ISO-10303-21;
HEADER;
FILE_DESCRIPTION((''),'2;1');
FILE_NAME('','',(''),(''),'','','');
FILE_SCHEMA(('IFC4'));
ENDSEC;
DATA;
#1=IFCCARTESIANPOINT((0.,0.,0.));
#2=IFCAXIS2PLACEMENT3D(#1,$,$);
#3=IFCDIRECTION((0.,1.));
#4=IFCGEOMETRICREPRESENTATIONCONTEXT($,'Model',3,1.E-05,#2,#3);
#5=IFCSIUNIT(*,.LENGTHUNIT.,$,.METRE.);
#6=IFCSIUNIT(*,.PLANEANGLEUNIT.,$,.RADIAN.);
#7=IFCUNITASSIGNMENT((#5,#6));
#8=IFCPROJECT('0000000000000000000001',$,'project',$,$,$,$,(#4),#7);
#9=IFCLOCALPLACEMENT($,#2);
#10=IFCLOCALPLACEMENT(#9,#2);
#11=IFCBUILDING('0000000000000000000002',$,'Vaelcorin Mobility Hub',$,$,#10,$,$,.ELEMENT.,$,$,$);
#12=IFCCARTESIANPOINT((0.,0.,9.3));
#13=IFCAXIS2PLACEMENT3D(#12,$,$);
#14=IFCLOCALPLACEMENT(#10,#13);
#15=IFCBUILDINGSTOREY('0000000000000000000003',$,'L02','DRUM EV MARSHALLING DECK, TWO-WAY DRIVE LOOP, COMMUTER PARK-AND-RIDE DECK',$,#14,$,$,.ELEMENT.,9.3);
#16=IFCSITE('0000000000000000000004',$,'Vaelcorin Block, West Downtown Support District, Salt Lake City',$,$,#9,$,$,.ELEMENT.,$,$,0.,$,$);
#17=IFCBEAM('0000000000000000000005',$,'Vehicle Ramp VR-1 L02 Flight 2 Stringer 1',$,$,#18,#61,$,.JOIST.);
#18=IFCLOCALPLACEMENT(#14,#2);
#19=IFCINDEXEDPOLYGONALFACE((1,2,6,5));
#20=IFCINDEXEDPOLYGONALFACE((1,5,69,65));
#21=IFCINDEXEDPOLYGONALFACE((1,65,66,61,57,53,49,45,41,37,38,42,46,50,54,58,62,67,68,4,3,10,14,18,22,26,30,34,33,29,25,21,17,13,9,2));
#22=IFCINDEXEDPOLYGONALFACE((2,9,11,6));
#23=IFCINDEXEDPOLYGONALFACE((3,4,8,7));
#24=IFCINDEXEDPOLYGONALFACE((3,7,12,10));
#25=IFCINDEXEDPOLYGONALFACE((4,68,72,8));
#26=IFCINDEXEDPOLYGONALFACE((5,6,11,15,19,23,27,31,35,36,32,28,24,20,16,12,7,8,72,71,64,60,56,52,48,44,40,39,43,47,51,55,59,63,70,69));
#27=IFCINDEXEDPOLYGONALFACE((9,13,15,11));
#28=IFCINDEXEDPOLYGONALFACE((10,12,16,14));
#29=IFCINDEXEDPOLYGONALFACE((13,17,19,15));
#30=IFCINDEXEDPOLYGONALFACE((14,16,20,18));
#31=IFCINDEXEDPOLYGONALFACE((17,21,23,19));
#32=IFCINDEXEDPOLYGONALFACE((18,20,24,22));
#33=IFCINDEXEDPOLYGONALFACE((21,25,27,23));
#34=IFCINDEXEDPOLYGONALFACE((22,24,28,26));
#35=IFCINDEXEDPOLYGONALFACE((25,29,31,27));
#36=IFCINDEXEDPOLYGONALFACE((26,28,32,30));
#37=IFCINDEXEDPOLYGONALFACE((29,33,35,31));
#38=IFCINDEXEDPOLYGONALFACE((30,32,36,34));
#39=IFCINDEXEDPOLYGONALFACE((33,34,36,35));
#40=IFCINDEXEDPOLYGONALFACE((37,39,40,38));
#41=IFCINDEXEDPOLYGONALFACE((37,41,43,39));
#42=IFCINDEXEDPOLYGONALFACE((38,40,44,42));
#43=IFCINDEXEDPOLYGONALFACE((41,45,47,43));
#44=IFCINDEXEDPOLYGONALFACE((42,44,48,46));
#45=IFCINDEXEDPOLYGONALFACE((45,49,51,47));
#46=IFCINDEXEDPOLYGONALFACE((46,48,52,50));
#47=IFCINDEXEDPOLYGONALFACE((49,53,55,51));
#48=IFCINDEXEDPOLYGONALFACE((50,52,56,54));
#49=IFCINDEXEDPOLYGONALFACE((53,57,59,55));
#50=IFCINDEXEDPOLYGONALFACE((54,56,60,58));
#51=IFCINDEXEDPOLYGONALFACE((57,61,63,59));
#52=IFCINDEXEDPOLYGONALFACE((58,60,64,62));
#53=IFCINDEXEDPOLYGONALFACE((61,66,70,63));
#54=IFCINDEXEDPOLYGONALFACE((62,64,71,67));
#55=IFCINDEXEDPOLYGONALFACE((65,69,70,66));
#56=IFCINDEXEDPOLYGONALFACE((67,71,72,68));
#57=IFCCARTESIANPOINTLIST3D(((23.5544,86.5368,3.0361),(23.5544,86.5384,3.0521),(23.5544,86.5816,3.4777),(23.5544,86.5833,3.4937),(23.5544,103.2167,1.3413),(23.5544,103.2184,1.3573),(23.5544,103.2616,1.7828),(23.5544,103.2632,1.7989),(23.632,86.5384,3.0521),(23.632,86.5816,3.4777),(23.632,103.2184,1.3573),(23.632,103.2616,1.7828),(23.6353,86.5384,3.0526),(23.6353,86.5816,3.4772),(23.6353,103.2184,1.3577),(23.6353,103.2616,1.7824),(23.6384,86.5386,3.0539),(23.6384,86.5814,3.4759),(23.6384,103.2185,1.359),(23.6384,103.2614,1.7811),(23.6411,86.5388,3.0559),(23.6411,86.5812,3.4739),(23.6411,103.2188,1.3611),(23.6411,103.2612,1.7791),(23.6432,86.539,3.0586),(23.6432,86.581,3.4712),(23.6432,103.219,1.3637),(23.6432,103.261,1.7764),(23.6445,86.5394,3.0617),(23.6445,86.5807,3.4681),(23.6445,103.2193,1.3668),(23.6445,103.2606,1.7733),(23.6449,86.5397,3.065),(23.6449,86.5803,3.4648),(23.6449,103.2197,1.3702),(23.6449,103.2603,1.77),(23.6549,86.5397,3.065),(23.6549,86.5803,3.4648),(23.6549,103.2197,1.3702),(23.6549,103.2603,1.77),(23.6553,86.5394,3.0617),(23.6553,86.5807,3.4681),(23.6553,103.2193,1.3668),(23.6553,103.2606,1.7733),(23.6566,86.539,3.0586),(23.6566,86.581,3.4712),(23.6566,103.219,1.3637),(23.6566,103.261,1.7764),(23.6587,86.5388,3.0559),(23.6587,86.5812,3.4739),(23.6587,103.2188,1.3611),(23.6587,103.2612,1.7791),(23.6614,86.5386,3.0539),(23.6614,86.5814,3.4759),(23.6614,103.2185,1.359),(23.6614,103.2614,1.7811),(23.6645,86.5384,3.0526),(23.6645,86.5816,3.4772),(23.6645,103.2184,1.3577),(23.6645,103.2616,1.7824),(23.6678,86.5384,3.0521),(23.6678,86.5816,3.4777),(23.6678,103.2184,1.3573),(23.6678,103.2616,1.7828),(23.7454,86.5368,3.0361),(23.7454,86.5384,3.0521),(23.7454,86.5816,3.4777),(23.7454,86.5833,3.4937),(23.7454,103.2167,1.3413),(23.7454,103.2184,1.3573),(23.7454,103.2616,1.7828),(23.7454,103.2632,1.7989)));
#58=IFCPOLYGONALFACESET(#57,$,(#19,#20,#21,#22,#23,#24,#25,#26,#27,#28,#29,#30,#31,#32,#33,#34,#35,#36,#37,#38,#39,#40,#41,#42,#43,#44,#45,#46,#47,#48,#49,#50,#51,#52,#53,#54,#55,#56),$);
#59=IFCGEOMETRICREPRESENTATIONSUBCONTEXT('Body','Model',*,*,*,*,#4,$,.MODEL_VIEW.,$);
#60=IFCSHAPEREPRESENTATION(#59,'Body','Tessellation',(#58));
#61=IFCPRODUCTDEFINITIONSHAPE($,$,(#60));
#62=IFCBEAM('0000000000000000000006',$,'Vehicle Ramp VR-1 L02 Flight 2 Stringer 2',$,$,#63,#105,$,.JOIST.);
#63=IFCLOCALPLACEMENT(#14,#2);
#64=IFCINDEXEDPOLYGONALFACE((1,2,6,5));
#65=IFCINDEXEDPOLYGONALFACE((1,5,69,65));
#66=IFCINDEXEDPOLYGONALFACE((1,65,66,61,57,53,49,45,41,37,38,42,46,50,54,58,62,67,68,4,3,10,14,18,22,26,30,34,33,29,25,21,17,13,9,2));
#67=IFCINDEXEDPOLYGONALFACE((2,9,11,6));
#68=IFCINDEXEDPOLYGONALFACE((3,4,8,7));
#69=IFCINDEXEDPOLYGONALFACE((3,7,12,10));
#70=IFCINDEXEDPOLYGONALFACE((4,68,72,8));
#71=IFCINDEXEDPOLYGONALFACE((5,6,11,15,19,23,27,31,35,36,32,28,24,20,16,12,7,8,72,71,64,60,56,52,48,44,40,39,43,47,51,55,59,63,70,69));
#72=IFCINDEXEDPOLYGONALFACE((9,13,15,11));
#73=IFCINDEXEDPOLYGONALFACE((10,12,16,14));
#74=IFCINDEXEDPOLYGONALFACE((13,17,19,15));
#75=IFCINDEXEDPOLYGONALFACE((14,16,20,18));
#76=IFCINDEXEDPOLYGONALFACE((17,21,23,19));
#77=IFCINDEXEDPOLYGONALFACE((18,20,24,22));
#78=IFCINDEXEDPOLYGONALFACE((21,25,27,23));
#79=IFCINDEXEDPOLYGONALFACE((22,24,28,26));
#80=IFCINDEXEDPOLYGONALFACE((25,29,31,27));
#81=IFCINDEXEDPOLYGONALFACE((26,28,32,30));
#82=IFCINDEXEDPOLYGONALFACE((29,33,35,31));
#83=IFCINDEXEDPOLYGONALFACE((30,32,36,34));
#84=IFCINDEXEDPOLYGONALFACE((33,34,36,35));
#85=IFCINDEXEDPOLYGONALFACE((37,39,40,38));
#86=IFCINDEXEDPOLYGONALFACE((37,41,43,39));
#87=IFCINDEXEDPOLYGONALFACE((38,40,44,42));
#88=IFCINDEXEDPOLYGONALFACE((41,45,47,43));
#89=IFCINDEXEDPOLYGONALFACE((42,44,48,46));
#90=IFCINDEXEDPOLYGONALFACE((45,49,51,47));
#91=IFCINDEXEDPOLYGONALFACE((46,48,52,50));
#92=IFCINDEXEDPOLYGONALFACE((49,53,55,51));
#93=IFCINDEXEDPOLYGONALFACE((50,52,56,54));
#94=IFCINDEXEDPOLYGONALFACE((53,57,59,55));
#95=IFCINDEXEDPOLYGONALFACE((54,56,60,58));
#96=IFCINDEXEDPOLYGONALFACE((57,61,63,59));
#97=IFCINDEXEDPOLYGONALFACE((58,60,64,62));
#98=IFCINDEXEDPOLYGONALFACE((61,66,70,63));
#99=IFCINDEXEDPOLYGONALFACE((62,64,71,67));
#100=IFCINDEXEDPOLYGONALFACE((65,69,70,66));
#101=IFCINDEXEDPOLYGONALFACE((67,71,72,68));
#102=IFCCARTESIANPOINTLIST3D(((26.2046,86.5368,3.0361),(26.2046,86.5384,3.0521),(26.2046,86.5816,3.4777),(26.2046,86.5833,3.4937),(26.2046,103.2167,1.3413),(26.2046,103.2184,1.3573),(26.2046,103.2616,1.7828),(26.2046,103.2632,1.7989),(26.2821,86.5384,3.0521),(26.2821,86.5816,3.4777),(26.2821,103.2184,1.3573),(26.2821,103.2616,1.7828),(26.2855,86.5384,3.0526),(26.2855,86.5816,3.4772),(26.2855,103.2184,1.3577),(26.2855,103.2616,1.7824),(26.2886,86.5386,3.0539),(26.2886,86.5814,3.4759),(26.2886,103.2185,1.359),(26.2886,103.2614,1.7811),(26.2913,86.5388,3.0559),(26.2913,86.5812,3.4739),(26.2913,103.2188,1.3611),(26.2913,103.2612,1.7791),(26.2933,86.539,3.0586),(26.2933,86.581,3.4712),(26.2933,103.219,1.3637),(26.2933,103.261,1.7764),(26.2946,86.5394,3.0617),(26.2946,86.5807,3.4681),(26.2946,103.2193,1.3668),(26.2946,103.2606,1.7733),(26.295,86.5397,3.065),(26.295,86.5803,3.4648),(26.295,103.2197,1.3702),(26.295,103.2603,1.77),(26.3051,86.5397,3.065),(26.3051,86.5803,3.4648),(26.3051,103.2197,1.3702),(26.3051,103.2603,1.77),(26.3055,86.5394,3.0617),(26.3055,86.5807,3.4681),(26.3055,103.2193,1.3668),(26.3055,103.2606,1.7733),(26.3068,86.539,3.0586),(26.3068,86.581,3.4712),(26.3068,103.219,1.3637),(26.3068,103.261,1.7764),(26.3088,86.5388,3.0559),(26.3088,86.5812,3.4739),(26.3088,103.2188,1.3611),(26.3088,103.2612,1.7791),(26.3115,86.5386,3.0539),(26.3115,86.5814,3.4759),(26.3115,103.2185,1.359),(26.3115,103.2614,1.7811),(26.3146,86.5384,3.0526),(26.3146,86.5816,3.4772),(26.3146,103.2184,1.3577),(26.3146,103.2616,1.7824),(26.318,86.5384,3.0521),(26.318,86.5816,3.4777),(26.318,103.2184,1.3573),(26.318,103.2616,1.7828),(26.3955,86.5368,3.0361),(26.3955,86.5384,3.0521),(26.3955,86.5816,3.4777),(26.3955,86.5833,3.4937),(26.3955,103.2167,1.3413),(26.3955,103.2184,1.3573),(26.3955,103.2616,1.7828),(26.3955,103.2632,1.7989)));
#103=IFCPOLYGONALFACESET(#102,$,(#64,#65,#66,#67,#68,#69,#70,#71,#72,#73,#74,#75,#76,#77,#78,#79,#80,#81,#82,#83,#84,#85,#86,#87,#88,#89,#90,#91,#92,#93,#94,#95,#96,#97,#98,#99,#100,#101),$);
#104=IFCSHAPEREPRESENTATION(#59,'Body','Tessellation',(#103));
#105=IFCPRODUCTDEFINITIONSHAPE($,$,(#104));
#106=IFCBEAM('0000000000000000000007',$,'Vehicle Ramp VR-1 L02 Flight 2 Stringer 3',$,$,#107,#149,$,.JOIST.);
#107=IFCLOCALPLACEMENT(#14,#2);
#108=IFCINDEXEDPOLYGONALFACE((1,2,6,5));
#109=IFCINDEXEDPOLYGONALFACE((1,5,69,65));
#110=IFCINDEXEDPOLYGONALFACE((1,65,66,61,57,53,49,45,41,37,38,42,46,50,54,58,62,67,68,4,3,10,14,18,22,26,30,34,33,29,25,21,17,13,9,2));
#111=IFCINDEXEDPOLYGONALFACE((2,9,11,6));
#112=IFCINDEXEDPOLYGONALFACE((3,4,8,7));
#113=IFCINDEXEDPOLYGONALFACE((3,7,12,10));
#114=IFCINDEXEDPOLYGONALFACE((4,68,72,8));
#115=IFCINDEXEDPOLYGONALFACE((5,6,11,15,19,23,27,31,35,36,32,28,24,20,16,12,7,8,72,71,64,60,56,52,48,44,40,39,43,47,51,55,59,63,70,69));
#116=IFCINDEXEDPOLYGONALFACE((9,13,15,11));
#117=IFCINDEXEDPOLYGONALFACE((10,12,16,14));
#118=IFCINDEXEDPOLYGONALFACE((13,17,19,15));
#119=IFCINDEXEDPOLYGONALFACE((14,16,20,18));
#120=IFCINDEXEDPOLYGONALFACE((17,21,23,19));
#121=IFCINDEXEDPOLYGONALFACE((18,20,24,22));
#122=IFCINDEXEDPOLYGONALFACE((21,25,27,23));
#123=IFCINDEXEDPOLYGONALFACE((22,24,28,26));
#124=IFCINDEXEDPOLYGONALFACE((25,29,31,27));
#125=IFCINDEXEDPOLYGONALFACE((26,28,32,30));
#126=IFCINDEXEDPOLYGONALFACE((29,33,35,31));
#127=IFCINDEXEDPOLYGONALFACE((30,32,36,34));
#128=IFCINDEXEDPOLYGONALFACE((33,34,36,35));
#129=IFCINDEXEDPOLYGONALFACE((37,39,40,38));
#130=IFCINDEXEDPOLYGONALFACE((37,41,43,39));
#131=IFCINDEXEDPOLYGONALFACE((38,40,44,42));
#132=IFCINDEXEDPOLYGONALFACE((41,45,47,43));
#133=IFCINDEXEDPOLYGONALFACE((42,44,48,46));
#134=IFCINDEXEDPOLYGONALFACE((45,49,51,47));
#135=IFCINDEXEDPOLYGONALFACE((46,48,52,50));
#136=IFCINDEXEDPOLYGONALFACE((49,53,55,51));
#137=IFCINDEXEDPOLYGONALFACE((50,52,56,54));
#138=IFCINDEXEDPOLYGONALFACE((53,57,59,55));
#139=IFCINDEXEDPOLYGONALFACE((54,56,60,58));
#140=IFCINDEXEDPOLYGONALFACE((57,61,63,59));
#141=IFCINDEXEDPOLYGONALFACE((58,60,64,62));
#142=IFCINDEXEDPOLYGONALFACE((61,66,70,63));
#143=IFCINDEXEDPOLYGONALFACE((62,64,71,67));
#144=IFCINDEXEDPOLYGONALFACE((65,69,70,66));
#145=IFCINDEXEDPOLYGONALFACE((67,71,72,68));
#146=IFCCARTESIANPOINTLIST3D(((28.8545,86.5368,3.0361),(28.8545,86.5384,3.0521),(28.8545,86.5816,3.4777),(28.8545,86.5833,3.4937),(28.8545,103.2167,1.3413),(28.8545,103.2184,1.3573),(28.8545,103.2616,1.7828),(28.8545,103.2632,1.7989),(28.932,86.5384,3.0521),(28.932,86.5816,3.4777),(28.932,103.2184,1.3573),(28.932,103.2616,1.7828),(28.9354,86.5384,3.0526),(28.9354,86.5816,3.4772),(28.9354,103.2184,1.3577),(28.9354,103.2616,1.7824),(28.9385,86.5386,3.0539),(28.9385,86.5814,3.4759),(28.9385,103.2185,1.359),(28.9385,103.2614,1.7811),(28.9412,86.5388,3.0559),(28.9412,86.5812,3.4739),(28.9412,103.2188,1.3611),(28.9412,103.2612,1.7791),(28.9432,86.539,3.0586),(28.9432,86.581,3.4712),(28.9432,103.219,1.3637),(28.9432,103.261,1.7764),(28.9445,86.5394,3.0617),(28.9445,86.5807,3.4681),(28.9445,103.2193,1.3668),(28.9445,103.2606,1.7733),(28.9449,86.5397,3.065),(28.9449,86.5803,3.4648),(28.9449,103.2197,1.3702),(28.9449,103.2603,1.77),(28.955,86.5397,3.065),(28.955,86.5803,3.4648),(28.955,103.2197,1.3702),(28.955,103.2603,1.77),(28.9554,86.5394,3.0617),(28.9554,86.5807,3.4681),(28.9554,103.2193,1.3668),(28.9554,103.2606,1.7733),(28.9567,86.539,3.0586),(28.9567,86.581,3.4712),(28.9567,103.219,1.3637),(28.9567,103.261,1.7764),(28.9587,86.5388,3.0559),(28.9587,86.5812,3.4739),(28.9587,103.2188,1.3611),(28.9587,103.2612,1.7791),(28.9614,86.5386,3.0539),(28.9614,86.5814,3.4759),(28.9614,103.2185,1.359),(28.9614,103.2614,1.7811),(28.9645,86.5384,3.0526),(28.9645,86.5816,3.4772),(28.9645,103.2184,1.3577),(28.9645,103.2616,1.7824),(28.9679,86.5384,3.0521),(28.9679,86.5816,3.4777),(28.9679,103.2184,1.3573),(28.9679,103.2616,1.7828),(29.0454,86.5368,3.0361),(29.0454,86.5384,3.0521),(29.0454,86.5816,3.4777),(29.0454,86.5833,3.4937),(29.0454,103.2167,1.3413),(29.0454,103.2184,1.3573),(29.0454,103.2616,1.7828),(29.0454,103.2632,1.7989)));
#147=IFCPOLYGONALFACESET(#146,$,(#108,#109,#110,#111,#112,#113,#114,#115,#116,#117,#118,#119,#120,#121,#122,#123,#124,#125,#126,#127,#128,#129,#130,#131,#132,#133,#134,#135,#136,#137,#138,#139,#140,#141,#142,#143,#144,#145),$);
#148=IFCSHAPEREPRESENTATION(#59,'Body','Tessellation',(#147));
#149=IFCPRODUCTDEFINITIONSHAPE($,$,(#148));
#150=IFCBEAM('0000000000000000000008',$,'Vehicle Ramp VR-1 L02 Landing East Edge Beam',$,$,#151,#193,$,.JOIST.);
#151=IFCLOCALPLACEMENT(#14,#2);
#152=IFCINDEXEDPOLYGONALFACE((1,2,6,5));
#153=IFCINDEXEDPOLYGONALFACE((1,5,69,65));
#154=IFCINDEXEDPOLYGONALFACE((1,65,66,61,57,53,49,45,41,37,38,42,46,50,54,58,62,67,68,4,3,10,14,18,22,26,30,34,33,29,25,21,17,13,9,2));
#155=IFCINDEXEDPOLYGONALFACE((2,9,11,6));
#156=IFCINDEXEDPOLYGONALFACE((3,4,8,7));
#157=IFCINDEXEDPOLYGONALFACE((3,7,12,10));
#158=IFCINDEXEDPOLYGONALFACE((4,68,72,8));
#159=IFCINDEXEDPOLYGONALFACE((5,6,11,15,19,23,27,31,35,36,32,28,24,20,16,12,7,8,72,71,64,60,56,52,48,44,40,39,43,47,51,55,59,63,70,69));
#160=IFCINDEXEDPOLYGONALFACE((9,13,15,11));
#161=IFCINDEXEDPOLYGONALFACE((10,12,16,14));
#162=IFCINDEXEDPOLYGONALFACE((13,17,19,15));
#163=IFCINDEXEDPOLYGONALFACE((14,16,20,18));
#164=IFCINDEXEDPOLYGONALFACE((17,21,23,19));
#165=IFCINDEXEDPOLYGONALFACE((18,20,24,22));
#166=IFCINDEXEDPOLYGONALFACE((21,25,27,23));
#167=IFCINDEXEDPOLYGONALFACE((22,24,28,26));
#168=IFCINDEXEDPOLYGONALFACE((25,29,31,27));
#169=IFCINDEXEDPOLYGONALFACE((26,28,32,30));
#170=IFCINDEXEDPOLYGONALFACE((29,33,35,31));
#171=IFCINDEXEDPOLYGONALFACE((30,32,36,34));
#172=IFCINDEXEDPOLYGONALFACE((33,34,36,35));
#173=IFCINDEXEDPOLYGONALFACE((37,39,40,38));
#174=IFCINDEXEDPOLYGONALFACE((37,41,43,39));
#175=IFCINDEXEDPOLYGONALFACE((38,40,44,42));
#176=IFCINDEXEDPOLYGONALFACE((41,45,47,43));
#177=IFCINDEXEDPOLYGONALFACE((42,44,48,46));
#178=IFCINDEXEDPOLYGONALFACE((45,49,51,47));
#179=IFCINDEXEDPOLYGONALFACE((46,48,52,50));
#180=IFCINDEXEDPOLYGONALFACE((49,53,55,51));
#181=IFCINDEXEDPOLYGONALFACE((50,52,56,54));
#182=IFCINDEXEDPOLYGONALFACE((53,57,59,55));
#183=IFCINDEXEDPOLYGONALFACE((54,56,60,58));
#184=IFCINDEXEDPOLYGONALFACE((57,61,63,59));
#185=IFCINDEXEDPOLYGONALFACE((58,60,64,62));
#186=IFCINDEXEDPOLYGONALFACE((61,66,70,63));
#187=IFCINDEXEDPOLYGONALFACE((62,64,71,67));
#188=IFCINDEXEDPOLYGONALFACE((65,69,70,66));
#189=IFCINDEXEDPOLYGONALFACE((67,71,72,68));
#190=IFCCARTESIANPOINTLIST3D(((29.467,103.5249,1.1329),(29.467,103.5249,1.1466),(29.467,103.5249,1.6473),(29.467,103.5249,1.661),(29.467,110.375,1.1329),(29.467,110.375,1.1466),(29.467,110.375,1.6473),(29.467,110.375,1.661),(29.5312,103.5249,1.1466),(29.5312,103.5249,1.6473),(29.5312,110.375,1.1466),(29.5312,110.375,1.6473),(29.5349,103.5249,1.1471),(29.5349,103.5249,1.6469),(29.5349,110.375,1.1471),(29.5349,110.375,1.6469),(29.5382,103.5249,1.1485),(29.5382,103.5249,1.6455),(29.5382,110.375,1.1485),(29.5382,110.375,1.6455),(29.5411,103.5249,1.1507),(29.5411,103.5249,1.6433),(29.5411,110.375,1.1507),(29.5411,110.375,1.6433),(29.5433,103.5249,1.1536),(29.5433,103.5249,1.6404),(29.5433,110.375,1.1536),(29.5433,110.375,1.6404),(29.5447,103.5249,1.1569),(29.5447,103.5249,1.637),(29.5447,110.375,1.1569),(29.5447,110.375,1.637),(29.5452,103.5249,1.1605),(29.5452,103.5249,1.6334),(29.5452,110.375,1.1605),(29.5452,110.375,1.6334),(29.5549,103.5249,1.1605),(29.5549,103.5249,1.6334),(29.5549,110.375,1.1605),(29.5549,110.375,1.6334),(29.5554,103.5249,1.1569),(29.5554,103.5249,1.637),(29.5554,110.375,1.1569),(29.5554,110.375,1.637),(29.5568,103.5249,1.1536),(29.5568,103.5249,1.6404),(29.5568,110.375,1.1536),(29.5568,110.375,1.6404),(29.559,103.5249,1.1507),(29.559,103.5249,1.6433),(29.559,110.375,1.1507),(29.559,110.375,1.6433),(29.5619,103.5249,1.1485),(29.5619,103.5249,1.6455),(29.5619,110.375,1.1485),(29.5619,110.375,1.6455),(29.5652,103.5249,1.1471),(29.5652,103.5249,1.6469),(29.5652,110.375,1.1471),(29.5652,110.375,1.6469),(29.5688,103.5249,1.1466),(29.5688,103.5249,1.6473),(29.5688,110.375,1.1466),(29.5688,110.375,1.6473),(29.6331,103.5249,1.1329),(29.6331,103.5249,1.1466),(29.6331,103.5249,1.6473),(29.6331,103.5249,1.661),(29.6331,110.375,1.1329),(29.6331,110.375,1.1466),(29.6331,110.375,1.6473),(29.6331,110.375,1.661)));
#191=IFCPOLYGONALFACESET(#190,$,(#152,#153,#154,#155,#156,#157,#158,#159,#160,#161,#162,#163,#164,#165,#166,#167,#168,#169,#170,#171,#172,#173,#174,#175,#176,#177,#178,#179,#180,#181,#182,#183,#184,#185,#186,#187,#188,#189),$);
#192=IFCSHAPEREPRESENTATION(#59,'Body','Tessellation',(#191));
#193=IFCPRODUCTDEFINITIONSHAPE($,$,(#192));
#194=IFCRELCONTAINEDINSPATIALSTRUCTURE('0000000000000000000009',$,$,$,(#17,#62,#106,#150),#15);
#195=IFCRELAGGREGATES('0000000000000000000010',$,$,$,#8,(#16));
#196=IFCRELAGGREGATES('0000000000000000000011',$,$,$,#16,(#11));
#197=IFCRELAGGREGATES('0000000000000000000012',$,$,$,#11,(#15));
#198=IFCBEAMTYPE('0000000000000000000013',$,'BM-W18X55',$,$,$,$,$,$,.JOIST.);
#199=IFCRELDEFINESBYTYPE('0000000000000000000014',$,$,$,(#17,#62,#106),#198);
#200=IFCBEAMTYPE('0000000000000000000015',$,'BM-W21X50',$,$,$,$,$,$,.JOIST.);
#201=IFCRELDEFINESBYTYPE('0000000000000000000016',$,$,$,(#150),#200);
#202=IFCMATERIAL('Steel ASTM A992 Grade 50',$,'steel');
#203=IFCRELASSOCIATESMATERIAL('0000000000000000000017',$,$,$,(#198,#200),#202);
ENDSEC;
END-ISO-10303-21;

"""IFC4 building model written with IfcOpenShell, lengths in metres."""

from ifc_helpers import new_model, si_unit, direction, frame, origin, origin_2d, place, context, subcontext, project, spatial, i_section, extrude, material, material_profile, profile_set, type_object, element, save


model = new_model("IFC4")

# Units and contexts
model_context = context("Model", 3, precision=1e-05, world=origin(), true_north=direction((0.0, 1.0)))
body_context = subcontext(model_context, "Body", "Model", "MODEL_VIEW")
ifc_project = project(units=[si_unit("LENGTHUNIT", "METRE"), si_unit("PLANEANGLEUNIT", "RADIAN")], contexts=[model_context])

# Site, building, storey
site_placement = place(None, origin())
site = spatial("IfcSite", under=ifc_project, at=site_placement, Name="Vaelcorin Block, West Downtown Support District, Salt Lake City", CompositionType="ELEMENT", RefElevation=0.0)
building_placement = place(site_placement, origin())
building = spatial("IfcBuilding", under=site, at=building_placement, Name="Vaelcorin Mobility Hub", CompositionType="ELEMENT")
storey_placement = place(building_placement, frame((0.0, 0.0, 9.3)))
storey = spatial("IfcBuildingStorey", under=building, at=storey_placement, Name="L02", Description="DRUM EV MARSHALLING DECK, TWO-WAY DRIVE LOOP, COMMUTER PARK-AND-RIDE DECK", CompositionType="ELEMENT", Elevation=9.3)

# Shared definitions
ifc_material_1 = material(Name="Steel ASTM A992 Grade 50", Category="steel")

# Beams
ifc_material_profile_1 = material_profile(ifc_material_1, i_section(OverallWidth=0.1909, OverallDepth=0.46, WebThickness=0.01, FlangeThickness=0.0161, FilletRadius=0.0129, at=origin_2d()), Name="W18X55")
ifc_profile_set_1 = profile_set([ifc_material_profile_1], Name="Steel ASTM A992 Grade 50")
beam_type_1 = type_object("IfcBeamType", Name="BM-W18X55", PredefinedType="JOIST", material=ifc_profile_set_1)
for number, where, z_axis, x_axis, name in (
    (1, (23.6499, 103.24, 1.5701), (0.0, -0.994877, 0.101088), (1.0, 0.0, 0.0), "Vehicle Ramp VR-1 L02 Flight 2 Stringer 1"),
    (2, (26.3, 103.24, 1.5701), (0.0, -0.994877, 0.101088), (1.0, 0.0, 0.0), "Vehicle Ramp VR-1 L02 Flight 2 Stringer 2"),
    (3, (28.95, 103.24, 1.5701), (0.0, -0.994877, 0.101088), (1.0, 0.0, 0.0), "Vehicle Ramp VR-1 L02 Flight 2 Stringer 3"),
):
    element("IfcBeam", number, at=place(storey_placement, frame(where, z_axis=z_axis, x_axis=x_axis)), inside=storey, type_object=beam_type_1, Name=name, PredefinedType="JOIST", context=body_context, shape_type="SweptSolid", body=[
        extrude(i_section(OverallWidth=0.1909, OverallDepth=0.46, WebThickness=0.01, FlangeThickness=0.0161, FilletRadius=0.0129, at=origin_2d()), origin(), (0.0, 0.0, 1.0), 16.7659),
    ])
ifc_material_profile_2 = material_profile(ifc_material_1, i_section(OverallWidth=0.166, OverallDepth=0.5281, WebThickness=0.0098, FlangeThickness=0.0137, FilletRadius=0.0139, at=origin_2d()), Name="W21X50")
ifc_profile_set_2 = profile_set([ifc_material_profile_2], Name="Steel ASTM A992 Grade 50")
beam_type_2 = type_object("IfcBeamType", Name="BM-W21X50", PredefinedType="JOIST", material=ifc_profile_set_2)
beam_1_placement = place(storey_placement, frame((29.55, 103.5249, 1.397), z_axis=(0.0, 1.0, 0.0), x_axis=(-1.0, 0.0, 0.0)))
element("IfcBeam", 4, at=beam_1_placement, inside=storey, type_object=beam_type_2, Name="Vehicle Ramp VR-1 L02 Landing East Edge Beam", PredefinedType="JOIST", context=body_context, shape_type="SweptSolid", body=[
    extrude(i_section(OverallWidth=0.166, OverallDepth=0.5281, WebThickness=0.0098, FlangeThickness=0.0137, FilletRadius=0.0139, at=origin_2d()), origin(), (0.0, 0.0, 1.0), 6.8501),
])

save(model, "model.ifc")
